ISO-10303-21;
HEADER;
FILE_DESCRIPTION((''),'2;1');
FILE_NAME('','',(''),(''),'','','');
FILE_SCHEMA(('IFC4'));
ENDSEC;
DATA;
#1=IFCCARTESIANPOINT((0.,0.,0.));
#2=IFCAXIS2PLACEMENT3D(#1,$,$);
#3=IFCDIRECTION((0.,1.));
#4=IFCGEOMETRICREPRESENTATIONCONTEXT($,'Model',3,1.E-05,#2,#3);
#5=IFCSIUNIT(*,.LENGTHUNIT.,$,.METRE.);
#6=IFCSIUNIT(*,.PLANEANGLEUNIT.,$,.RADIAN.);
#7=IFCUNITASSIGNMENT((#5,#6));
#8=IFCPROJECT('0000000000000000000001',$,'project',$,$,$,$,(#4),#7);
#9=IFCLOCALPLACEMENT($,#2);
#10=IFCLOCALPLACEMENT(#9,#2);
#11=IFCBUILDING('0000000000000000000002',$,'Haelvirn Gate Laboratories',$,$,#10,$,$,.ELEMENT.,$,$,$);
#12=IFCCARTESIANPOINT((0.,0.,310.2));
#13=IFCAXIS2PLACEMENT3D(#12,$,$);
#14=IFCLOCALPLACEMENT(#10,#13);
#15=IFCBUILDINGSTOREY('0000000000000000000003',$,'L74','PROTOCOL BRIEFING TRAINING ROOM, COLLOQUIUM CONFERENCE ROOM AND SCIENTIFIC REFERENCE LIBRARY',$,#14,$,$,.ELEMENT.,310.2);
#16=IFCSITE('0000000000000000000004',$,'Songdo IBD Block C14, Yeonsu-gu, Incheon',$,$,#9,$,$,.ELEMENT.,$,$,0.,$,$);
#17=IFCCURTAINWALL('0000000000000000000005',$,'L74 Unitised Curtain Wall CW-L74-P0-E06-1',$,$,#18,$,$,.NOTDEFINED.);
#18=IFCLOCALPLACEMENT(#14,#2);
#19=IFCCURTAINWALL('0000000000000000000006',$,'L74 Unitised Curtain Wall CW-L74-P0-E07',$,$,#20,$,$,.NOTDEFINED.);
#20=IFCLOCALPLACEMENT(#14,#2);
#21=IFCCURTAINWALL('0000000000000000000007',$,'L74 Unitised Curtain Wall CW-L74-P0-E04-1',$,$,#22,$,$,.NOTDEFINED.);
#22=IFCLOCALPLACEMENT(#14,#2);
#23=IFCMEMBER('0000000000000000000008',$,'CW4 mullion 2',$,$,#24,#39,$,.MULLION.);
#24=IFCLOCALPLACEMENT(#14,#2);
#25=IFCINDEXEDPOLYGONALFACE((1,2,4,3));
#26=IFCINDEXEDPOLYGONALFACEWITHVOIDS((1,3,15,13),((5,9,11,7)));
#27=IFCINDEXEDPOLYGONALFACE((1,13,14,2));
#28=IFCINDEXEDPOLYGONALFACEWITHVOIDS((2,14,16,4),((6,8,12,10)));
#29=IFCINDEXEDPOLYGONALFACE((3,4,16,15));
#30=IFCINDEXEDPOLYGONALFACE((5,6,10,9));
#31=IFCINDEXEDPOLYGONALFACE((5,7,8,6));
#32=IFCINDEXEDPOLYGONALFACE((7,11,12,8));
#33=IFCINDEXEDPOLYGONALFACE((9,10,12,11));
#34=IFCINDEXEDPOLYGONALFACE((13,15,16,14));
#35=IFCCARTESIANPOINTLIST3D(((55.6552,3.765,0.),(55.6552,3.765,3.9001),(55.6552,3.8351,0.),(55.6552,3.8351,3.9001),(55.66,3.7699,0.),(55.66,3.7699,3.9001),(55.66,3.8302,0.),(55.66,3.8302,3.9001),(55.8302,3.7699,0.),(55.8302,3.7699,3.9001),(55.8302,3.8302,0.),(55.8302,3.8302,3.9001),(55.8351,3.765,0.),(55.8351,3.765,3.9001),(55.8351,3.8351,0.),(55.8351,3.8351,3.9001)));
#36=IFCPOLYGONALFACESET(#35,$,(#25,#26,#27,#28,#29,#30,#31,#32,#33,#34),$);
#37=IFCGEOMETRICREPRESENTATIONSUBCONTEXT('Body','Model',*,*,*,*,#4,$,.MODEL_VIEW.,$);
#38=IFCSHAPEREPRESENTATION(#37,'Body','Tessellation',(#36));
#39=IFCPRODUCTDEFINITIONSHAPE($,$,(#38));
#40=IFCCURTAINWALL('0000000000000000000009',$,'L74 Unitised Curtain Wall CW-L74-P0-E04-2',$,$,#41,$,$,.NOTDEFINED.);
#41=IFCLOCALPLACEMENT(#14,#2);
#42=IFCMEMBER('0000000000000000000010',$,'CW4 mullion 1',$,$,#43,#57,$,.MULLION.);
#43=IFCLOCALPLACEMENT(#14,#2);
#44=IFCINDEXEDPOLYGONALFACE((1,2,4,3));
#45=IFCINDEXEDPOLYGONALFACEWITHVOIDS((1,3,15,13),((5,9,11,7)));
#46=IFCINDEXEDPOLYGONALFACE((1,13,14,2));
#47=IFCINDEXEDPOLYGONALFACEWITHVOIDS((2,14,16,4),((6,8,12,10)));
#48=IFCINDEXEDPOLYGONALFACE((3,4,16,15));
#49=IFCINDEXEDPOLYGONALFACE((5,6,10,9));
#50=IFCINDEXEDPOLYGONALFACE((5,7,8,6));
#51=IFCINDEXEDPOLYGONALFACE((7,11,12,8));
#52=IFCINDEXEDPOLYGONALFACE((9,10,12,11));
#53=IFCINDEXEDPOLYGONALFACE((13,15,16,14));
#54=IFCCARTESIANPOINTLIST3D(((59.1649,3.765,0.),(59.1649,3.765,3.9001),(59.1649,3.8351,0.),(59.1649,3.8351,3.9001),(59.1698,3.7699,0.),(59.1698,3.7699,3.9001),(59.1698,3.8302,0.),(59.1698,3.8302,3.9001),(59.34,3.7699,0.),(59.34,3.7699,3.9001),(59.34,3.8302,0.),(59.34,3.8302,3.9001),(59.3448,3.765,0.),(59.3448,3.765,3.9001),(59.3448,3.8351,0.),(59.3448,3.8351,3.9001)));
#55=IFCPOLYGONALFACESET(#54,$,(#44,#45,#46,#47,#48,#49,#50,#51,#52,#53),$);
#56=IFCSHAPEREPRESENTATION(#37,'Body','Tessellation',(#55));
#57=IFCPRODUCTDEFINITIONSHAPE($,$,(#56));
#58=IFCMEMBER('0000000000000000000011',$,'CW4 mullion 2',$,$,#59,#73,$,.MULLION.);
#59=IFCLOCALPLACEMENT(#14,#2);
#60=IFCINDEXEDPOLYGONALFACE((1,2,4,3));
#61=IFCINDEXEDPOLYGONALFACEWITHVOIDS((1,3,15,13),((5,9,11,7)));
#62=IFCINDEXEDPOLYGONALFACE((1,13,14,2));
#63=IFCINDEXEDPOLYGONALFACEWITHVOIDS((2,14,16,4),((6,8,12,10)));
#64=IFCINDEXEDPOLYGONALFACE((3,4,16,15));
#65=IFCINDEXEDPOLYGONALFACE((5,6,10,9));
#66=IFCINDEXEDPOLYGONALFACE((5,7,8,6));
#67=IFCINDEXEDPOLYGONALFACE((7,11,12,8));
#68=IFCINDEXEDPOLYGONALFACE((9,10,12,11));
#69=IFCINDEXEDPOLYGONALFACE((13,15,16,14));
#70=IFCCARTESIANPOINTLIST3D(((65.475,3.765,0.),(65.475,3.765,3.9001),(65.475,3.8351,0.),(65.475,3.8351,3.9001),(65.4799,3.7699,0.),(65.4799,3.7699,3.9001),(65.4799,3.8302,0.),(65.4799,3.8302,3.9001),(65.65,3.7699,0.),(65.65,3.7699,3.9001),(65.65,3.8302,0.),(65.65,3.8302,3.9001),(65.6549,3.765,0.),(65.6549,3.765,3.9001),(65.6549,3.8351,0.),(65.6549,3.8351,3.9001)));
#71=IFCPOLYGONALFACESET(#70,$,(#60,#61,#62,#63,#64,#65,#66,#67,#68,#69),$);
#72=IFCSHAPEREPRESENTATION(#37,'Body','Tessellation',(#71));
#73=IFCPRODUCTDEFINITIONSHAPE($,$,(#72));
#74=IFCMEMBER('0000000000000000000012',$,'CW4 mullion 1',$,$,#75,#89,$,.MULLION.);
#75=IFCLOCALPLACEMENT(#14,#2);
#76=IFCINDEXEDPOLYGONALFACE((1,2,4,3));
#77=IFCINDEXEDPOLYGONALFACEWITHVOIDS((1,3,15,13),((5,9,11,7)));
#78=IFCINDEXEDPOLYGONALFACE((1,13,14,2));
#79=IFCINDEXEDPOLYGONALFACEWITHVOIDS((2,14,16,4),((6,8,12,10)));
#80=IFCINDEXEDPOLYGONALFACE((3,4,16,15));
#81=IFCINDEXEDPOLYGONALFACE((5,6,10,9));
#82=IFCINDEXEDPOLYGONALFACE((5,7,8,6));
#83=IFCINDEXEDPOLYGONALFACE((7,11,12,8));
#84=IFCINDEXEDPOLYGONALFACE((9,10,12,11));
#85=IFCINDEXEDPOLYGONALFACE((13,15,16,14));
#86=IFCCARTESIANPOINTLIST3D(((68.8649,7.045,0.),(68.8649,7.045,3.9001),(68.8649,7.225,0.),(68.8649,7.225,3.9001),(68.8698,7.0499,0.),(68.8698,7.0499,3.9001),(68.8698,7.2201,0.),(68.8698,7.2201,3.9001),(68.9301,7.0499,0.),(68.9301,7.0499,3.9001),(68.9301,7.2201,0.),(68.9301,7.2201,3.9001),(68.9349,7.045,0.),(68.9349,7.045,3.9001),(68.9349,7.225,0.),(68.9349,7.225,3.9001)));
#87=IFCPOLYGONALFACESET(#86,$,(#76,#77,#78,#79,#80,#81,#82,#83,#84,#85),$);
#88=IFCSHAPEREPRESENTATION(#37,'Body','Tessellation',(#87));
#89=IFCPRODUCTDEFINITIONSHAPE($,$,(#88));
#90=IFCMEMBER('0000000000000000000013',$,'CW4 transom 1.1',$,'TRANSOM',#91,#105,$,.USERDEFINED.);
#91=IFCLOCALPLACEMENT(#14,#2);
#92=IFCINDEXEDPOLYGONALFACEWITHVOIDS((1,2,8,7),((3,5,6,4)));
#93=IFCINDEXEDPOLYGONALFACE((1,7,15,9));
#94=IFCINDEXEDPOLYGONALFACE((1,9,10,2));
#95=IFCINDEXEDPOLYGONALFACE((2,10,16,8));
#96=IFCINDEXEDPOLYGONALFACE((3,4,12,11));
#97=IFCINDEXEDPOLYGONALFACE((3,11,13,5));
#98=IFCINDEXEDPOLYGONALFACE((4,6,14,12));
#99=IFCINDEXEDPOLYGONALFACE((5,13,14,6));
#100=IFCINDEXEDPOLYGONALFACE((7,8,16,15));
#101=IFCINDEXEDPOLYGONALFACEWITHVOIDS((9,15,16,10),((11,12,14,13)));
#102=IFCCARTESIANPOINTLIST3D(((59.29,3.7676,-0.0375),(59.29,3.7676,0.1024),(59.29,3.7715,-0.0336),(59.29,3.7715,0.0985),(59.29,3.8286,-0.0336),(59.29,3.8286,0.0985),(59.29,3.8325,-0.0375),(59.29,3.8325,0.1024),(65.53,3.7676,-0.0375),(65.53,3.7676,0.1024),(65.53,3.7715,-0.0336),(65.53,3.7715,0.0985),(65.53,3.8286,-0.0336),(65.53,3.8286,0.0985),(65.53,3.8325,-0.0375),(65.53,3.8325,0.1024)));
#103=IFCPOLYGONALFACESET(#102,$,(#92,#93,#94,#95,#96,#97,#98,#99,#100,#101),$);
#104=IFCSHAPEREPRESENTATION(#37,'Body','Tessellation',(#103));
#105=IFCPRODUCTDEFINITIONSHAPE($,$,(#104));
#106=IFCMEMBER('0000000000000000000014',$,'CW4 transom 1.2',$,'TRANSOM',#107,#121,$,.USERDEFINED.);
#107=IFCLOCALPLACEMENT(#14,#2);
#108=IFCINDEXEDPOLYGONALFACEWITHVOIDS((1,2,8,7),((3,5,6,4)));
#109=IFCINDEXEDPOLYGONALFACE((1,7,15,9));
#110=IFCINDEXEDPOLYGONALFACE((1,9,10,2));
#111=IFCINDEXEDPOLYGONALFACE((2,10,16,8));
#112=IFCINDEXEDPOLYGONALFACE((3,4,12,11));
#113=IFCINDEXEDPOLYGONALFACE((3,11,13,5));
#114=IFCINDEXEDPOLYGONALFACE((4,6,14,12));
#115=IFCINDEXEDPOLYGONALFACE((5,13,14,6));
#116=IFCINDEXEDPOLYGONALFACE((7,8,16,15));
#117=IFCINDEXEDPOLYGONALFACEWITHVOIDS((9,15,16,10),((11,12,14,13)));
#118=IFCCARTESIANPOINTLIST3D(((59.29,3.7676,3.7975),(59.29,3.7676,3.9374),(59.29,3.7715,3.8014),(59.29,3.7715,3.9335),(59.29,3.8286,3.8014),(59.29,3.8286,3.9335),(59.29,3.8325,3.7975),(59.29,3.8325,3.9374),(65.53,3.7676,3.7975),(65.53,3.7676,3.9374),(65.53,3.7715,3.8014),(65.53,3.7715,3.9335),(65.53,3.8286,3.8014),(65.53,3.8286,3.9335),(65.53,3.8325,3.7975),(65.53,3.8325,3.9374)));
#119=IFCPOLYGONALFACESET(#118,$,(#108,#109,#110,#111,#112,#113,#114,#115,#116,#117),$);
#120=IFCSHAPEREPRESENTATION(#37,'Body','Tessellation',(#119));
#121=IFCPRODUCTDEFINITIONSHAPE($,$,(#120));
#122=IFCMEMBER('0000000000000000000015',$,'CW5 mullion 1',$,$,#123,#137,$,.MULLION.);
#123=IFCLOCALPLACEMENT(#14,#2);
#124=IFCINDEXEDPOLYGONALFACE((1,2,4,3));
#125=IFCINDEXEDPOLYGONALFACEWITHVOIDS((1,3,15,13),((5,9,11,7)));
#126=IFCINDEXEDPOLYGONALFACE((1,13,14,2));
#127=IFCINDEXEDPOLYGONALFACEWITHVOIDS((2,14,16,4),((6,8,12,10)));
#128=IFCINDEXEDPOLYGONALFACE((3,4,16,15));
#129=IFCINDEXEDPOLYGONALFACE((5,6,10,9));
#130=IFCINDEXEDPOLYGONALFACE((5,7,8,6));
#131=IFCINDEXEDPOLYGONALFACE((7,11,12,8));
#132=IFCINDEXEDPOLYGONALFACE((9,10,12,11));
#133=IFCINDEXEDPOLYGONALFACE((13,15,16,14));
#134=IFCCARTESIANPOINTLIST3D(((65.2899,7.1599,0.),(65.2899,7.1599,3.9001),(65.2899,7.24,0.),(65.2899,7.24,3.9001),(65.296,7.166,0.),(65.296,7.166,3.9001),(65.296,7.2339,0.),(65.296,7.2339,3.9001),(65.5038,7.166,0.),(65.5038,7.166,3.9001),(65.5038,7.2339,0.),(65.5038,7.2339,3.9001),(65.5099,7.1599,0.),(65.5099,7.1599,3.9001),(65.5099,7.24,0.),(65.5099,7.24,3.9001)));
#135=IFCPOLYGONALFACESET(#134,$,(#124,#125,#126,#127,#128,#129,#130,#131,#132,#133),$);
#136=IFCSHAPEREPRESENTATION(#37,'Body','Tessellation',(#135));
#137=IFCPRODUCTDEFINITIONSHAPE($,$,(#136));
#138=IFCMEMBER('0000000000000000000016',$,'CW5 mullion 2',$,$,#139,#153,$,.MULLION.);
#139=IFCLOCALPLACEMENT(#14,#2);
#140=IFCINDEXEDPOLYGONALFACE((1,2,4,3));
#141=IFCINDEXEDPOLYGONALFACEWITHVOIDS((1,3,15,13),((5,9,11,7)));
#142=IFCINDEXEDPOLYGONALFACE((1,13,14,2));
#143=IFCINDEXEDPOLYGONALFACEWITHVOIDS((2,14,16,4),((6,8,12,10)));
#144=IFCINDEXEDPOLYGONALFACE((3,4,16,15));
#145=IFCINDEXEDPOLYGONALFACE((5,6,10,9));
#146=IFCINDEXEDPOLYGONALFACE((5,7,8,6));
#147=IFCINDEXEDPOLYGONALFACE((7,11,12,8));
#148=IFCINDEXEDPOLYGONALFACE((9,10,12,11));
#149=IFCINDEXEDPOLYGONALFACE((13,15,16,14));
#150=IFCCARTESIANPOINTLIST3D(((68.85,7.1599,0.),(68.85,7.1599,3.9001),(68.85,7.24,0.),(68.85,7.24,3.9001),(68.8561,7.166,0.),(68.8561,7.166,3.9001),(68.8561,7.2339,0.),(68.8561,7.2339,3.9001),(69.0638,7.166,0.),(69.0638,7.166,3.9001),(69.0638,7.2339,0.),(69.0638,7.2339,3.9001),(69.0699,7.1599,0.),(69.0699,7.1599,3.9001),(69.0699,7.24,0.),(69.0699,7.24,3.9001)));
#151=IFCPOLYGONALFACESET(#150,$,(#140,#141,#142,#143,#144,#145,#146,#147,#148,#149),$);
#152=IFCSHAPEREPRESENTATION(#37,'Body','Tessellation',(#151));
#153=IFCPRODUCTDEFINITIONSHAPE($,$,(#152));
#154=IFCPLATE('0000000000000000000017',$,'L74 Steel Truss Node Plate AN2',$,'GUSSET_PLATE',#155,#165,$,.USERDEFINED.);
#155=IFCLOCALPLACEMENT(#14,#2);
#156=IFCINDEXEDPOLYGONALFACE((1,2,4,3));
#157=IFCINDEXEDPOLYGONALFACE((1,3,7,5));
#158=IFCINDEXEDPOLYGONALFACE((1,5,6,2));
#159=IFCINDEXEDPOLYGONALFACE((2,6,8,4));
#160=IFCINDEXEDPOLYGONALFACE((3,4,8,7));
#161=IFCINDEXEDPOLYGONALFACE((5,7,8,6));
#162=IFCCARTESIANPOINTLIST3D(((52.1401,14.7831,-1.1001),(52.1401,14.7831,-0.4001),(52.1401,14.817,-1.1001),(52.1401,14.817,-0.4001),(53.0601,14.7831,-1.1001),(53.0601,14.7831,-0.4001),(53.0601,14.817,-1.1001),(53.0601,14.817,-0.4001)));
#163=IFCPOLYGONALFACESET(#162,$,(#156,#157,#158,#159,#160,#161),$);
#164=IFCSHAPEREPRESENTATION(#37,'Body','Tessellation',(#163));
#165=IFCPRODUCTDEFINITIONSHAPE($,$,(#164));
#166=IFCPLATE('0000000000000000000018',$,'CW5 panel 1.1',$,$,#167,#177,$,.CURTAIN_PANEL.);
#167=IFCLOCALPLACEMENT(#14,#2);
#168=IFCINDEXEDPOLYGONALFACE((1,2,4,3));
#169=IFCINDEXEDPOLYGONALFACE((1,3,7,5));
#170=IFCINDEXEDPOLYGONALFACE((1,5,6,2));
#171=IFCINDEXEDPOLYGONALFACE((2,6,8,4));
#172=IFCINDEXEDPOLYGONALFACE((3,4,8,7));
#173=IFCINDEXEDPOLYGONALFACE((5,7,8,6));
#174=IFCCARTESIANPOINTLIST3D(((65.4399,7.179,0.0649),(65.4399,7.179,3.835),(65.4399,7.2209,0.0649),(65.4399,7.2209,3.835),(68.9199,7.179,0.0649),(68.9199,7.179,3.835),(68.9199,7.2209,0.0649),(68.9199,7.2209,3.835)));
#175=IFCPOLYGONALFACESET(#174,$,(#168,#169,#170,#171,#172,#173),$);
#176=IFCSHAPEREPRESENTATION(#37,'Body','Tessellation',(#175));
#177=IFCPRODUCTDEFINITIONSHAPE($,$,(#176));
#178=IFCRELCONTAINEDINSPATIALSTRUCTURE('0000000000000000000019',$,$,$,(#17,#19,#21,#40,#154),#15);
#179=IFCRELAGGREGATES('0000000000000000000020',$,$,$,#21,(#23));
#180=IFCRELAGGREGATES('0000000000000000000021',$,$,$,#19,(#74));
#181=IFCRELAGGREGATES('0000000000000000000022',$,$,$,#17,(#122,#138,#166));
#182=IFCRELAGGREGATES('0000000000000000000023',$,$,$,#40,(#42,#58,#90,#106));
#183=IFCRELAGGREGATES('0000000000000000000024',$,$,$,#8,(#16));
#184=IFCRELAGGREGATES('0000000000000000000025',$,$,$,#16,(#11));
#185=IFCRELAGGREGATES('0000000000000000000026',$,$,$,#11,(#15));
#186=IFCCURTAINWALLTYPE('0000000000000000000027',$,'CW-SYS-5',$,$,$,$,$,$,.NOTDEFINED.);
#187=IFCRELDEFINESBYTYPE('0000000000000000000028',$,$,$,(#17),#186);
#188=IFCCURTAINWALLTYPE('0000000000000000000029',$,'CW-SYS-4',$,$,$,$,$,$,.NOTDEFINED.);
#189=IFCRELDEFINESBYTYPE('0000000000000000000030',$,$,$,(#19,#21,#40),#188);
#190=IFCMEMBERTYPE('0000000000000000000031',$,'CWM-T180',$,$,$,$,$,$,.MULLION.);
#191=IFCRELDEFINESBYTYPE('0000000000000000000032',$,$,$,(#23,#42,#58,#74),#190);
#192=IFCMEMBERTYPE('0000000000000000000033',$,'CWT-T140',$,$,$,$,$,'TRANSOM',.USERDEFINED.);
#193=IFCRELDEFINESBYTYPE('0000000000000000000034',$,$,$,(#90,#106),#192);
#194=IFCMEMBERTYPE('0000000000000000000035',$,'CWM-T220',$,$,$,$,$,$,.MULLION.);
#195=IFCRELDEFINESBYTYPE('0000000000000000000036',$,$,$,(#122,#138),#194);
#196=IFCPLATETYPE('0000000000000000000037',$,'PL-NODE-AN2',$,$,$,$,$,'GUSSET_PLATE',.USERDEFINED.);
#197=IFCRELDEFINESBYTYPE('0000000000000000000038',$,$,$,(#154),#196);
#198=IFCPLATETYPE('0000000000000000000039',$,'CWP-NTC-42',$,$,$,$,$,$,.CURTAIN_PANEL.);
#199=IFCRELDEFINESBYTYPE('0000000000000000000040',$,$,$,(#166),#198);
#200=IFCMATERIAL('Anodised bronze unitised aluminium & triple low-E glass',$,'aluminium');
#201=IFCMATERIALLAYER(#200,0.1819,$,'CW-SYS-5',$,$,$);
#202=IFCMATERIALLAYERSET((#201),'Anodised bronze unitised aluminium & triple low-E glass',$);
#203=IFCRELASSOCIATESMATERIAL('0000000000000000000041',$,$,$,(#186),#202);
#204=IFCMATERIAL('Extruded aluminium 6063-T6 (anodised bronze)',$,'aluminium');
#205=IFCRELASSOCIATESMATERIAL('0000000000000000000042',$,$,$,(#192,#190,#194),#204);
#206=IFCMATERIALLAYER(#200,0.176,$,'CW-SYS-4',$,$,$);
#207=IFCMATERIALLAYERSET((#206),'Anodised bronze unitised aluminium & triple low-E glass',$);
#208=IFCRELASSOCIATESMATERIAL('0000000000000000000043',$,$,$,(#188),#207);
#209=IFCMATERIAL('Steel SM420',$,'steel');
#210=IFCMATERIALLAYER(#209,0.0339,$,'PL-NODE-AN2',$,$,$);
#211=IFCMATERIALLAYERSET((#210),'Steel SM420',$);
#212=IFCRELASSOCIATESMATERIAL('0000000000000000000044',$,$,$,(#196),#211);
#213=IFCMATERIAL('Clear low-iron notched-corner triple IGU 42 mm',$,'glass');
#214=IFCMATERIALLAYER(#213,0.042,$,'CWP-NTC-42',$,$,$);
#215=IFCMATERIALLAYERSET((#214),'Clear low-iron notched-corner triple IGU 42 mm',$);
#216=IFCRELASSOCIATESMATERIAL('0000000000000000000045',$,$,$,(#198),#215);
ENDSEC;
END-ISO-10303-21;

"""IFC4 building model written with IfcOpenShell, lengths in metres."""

from ifc_helpers import new_model, si_unit, direction, frame, origin, origin_2d, place, context, subcontext, project, spatial, rectangle, hollow_rectangle, extrude, source, transform, mapped, material, layer, layer_set, material_profile, profile_set, type_object, type_shapes, element, aggregate, save


model = new_model("IFC4")

# Units and contexts
model_context = context("Model", 3, precision=1e-05, world=origin(), true_north=direction((0.0, 1.0)))
body_context = subcontext(model_context, "Body", "Model", "MODEL_VIEW")
ifc_project = project(units=[si_unit("LENGTHUNIT", "METRE"), si_unit("PLANEANGLEUNIT", "RADIAN")], contexts=[model_context])

# Site, building, storey
site_placement = place(None, origin())
site = spatial("IfcSite", under=ifc_project, at=site_placement, Name="Songdo IBD Block C14, Yeonsu-gu, Incheon", CompositionType="ELEMENT", RefElevation=0.0)
building_placement = place(site_placement, origin())
building = spatial("IfcBuilding", under=site, at=building_placement, Name="Haelvirn Gate Laboratories", CompositionType="ELEMENT")
storey_placement = place(building_placement, frame((0.0, 0.0, 310.2)))
storey = spatial("IfcBuildingStorey", under=building, at=storey_placement, Name="L74", Description="PROTOCOL BRIEFING TRAINING ROOM, COLLOQUIUM CONFERENCE ROOM AND SCIENTIFIC REFERENCE LIBRARY", CompositionType="ELEMENT", Elevation=310.2)

# Curtain walls
ifc_material_1 = material(Name="Anodised bronze unitised aluminium & triple low-E glass", Category="aluminium")
ifc_layer_1 = layer(ifc_material_1, 0.1819, Name="CW-SYS-5")
ifc_layer_set_1 = layer_set([ifc_layer_1], Name="Anodised bronze unitised aluminium & triple low-E glass")
curtain_wall_type_1 = type_object("IfcCurtainWallType", Name="CW-SYS-5", PredefinedType="NOTDEFINED", material=ifc_layer_set_1)
curtain_wall_1_placement = place(storey_placement, origin())
curtain_wall_1 = element("IfcCurtainWall", 1, at=curtain_wall_1_placement, inside=storey, type_object=curtain_wall_type_1, Name="L74 Unitised Curtain Wall CW-L74-P0-E06-1", PredefinedType="NOTDEFINED")
ifc_material_2 = material(Name="Extruded aluminium 6063-T6 (anodised bronze)", Category="aluminium")
ifc_material_profile_1 = material_profile(ifc_material_2, hollow_rectangle(XDim=0.0649, YDim=0.1399, WallThickness=0.0039, at=origin_2d()), Name="CWT-140x65x4")
ifc_profile_set_1 = profile_set([ifc_material_profile_1], Name="Extruded aluminium 6063-T6 (anodised bronze)")
member_type_1 = type_object("IfcMemberType", Name="CWT-T140", ElementType="TRANSOM", PredefinedType="USERDEFINED", material=ifc_profile_set_1)
ifc_layer_2 = layer(ifc_material_1, 0.176, Name="CW-SYS-4")
ifc_layer_set_2 = layer_set([ifc_layer_2], Name="Anodised bronze unitised aluminium & triple low-E glass")
curtain_wall_type_2 = type_object("IfcCurtainWallType", Name="CW-SYS-4", PredefinedType="NOTDEFINED", material=ifc_layer_set_2)
curtain_wall_2_placement = place(storey_placement, origin())
curtain_wall_2 = element("IfcCurtainWall", 2, at=curtain_wall_2_placement, inside=storey, type_object=curtain_wall_type_2, Name="L74 Unitised Curtain Wall CW-L74-P0-E07", PredefinedType="NOTDEFINED")

# Curtain wall, member
curtain_wall_3_placement = place(storey_placement, origin())
curtain_wall_3 = element("IfcCurtainWall", 3, at=curtain_wall_3_placement, inside=storey, type_object=curtain_wall_type_2, Name="L74 Unitised Curtain Wall CW-L74-P0-E04-1", PredefinedType="NOTDEFINED")
ifc_material_profile_2 = material_profile(ifc_material_2, hollow_rectangle(XDim=0.0701, YDim=0.1799, WallThickness=0.0049, at=origin_2d()), Name="CWM-180x70x5")
ifc_profile_set_2 = profile_set([ifc_material_profile_2], Name="Extruded aluminium 6063-T6 (anodised bronze)")
member_type_2 = type_object("IfcMemberType", Name="CWM-T180", PredefinedType="MULLION", material=ifc_profile_set_2)
shared_shape_1 = source(origin(), body_context, "Body", "SweptSolid", [
    extrude(hollow_rectangle(XDim=0.0701, YDim=0.1799, WallThickness=0.0049, at=origin_2d()), origin(), (0.0, 0.0, 1.0), 3.9001),
])
type_shapes(member_type_2, [shared_shape_1])
member_1_placement = place(storey_placement, frame((55.7451, 3.8, 0.0), z_axis=(0.0, 0.0, 1.0), x_axis=(0.0, 1.0, 0.0)))
member_1 = element("IfcMember", 4, at=member_1_placement, type_object=member_type_2, Name="CW4 mullion 2", PredefinedType="MULLION", context=body_context, shape_type="MappedRepresentation", body=[
    mapped(shared_shape_1, transform((0.0, 0.0, 0.0), scale=1.0)),
])
aggregate(curtain_wall_3, [member_1])

# Curtain wall, members
curtain_wall_4_placement = place(storey_placement, origin())
curtain_wall_4 = element("IfcCurtainWall", 5, at=curtain_wall_4_placement, inside=storey, type_object=curtain_wall_type_2, Name="L74 Unitised Curtain Wall CW-L74-P0-E04-2", PredefinedType="NOTDEFINED")
member_2_placement = place(storey_placement, frame((59.2549, 3.8, 0.0), z_axis=(0.0, 0.0, 1.0), x_axis=(0.0, 1.0, 0.0)))
member_2 = element("IfcMember", 6, at=member_2_placement, type_object=member_type_2, Name="CW4 mullion 1", PredefinedType="MULLION", context=body_context, shape_type="MappedRepresentation", body=[
    mapped(shared_shape_1, transform((0.0, 0.0, 0.0), scale=1.0)),
])
member_3_placement = place(storey_placement, frame((65.5649, 3.8, 0.0), z_axis=(0.0, 0.0, 1.0), x_axis=(0.0, 1.0, 0.0)))
member_3 = element("IfcMember", 7, at=member_3_placement, type_object=member_type_2, Name="CW4 mullion 2", PredefinedType="MULLION", context=body_context, shape_type="MappedRepresentation", body=[
    mapped(shared_shape_1, transform((0.0, 0.0, 0.0), scale=1.0)),
])

# Members
member_4_placement = place(storey_placement, frame((68.8999, 7.135, 0.0), z_axis=(0.0, 0.0, 1.0), x_axis=(-1.0, 0.0, 0.0)))
member_4 = element("IfcMember", 8, at=member_4_placement, type_object=member_type_2, Name="CW4 mullion 1", PredefinedType="MULLION", context=body_context, shape_type="MappedRepresentation", body=[
    mapped(shared_shape_1, transform((0.0, 0.0, 0.0), scale=1.0)),
])
aggregate(curtain_wall_2, [member_4])
shared_shape_2 = source(origin(), body_context, "Body", "SweptSolid", [
    extrude(hollow_rectangle(XDim=0.0649, YDim=0.1399, WallThickness=0.0039, at=origin_2d()), origin(), (0.0, 0.0, 1.0), 6.24),
])
member_5_placement = place(storey_placement, frame((59.29, 3.8, 0.0325), z_axis=(1.0, 0.0, 0.0), x_axis=(0.0, 1.0, 0.0)))
member_5 = element("IfcMember", 9, at=member_5_placement, type_object=member_type_1, Name="CW4 transom 1.1", ObjectType="TRANSOM", PredefinedType="USERDEFINED", context=body_context, shape_type="MappedRepresentation", body=[
    mapped(shared_shape_2, transform((0.0, 0.0, 0.0), scale=1.0)),
])
member_6_placement = place(storey_placement, frame((59.29, 3.8, 3.8674), z_axis=(1.0, 0.0, 0.0), x_axis=(0.0, 1.0, 0.0)))
member_6 = element("IfcMember", 10, at=member_6_placement, type_object=member_type_1, Name="CW4 transom 1.2", ObjectType="TRANSOM", PredefinedType="USERDEFINED", context=body_context, shape_type="MappedRepresentation", body=[
    mapped(shared_shape_2, transform((0.0, 0.0, 0.0), scale=1.0)),
])
ifc_material_profile_3 = material_profile(ifc_material_2, hollow_rectangle(XDim=0.0801, YDim=0.22, WallThickness=0.0061, at=origin_2d()), Name="CWM-220x80x6")
ifc_profile_set_3 = profile_set([ifc_material_profile_3], Name="Extruded aluminium 6063-T6 (anodised bronze)")
member_type_3 = type_object("IfcMemberType", Name="CWM-T220", PredefinedType="MULLION", material=ifc_profile_set_3)
shared_shape_3 = source(origin(), body_context, "Body", "SweptSolid", [
    extrude(hollow_rectangle(XDim=0.0801, YDim=0.22, WallThickness=0.0061, at=origin_2d()), origin(), (0.0, 0.0, 1.0), 3.9001),
])
type_shapes(member_type_3, [shared_shape_3])
member_7_placement = place(storey_placement, frame((65.3999, 7.2, 0.0), z_axis=(0.0, 0.0, 1.0), x_axis=(0.0, 1.0, 0.0)))
member_7 = element("IfcMember", 11, at=member_7_placement, type_object=member_type_3, Name="CW5 mullion 1", PredefinedType="MULLION", context=body_context, shape_type="MappedRepresentation", body=[
    mapped(shared_shape_3, transform((0.0, 0.0, 0.0), scale=1.0)),
])
member_8_placement = place(storey_placement, frame((68.96, 7.2, 0.0), z_axis=(0.0, 0.0, 1.0), x_axis=(0.0, 1.0, 0.0)))
member_8 = element("IfcMember", 12, at=member_8_placement, type_object=member_type_3, Name="CW5 mullion 2", PredefinedType="MULLION", context=body_context, shape_type="MappedRepresentation", body=[
    mapped(shared_shape_3, transform((0.0, 0.0, 0.0), scale=1.0)),
])

# Plates
ifc_material_3 = material(Name="Steel SM420", Category="steel")
ifc_layer_3 = layer(ifc_material_3, 0.0339, Name="PL-NODE-AN2")
ifc_layer_set_3 = layer_set([ifc_layer_3], Name="Steel SM420")
plate_type_1 = type_object("IfcPlateType", Name="PL-NODE-AN2", ElementType="GUSSET_PLATE", PredefinedType="USERDEFINED", material=ifc_layer_set_3)
shared_shape_4 = source(origin(), body_context, "Body", "SweptSolid", [
    extrude(rectangle(XDim=0.9199, YDim=0.0339, at=origin_2d()), origin(), (0.0, 0.0, 1.0), 0.7),
])
type_shapes(plate_type_1, [shared_shape_4])
plate_1_placement = place(storey_placement, frame((52.6001, 14.8, -1.1001), z_axis=(0.0, 0.0, 1.0), x_axis=(1.0, 0.0, 0.0)))
element("IfcPlate", 13, at=plate_1_placement, inside=storey, type_object=plate_type_1, Name="L74 Steel Truss Node Plate AN2", ObjectType="GUSSET_PLATE", PredefinedType="USERDEFINED", context=body_context, shape_type="MappedRepresentation", body=[
    mapped(shared_shape_4, transform((0.0, 0.0, 0.0), scale=1.0)),
])
ifc_material_4 = material(Name="Clear low-iron notched-corner triple IGU 42 mm", Category="glass")
ifc_layer_4 = layer(ifc_material_4, 0.042, Name="CWP-NTC-42")
ifc_layer_set_4 = layer_set([ifc_layer_4], Name="Clear low-iron notched-corner triple IGU 42 mm")
plate_type_2 = type_object("IfcPlateType", Name="CWP-NTC-42", PredefinedType="CURTAIN_PANEL", material=ifc_layer_set_4)
shared_shape_5 = source(origin(), body_context, "Body", "SweptSolid", [
    extrude(rectangle(XDim=3.48, YDim=0.042, at=origin_2d()), origin(), (0.0, 0.0, 1.0), 3.77),
])
type_shapes(plate_type_2, [shared_shape_5])
plate_2_placement = place(storey_placement, frame((67.1799, 7.2, 0.0649), z_axis=(0.0, 0.0, 1.0), x_axis=(1.0, 0.0, 0.0)))
plate_2 = element("IfcPlate", 14, at=plate_2_placement, type_object=plate_type_2, Name="CW5 panel 1.1", PredefinedType="CURTAIN_PANEL", context=body_context, shape_type="MappedRepresentation", body=[
    mapped(shared_shape_5, transform((0.0, 0.0, 0.0), scale=1.0)),
])
aggregate(curtain_wall_1, [member_7, member_8, plate_2])
aggregate(curtain_wall_4, [member_2, member_3, member_5, member_6])

save(model, "model.ifc")
